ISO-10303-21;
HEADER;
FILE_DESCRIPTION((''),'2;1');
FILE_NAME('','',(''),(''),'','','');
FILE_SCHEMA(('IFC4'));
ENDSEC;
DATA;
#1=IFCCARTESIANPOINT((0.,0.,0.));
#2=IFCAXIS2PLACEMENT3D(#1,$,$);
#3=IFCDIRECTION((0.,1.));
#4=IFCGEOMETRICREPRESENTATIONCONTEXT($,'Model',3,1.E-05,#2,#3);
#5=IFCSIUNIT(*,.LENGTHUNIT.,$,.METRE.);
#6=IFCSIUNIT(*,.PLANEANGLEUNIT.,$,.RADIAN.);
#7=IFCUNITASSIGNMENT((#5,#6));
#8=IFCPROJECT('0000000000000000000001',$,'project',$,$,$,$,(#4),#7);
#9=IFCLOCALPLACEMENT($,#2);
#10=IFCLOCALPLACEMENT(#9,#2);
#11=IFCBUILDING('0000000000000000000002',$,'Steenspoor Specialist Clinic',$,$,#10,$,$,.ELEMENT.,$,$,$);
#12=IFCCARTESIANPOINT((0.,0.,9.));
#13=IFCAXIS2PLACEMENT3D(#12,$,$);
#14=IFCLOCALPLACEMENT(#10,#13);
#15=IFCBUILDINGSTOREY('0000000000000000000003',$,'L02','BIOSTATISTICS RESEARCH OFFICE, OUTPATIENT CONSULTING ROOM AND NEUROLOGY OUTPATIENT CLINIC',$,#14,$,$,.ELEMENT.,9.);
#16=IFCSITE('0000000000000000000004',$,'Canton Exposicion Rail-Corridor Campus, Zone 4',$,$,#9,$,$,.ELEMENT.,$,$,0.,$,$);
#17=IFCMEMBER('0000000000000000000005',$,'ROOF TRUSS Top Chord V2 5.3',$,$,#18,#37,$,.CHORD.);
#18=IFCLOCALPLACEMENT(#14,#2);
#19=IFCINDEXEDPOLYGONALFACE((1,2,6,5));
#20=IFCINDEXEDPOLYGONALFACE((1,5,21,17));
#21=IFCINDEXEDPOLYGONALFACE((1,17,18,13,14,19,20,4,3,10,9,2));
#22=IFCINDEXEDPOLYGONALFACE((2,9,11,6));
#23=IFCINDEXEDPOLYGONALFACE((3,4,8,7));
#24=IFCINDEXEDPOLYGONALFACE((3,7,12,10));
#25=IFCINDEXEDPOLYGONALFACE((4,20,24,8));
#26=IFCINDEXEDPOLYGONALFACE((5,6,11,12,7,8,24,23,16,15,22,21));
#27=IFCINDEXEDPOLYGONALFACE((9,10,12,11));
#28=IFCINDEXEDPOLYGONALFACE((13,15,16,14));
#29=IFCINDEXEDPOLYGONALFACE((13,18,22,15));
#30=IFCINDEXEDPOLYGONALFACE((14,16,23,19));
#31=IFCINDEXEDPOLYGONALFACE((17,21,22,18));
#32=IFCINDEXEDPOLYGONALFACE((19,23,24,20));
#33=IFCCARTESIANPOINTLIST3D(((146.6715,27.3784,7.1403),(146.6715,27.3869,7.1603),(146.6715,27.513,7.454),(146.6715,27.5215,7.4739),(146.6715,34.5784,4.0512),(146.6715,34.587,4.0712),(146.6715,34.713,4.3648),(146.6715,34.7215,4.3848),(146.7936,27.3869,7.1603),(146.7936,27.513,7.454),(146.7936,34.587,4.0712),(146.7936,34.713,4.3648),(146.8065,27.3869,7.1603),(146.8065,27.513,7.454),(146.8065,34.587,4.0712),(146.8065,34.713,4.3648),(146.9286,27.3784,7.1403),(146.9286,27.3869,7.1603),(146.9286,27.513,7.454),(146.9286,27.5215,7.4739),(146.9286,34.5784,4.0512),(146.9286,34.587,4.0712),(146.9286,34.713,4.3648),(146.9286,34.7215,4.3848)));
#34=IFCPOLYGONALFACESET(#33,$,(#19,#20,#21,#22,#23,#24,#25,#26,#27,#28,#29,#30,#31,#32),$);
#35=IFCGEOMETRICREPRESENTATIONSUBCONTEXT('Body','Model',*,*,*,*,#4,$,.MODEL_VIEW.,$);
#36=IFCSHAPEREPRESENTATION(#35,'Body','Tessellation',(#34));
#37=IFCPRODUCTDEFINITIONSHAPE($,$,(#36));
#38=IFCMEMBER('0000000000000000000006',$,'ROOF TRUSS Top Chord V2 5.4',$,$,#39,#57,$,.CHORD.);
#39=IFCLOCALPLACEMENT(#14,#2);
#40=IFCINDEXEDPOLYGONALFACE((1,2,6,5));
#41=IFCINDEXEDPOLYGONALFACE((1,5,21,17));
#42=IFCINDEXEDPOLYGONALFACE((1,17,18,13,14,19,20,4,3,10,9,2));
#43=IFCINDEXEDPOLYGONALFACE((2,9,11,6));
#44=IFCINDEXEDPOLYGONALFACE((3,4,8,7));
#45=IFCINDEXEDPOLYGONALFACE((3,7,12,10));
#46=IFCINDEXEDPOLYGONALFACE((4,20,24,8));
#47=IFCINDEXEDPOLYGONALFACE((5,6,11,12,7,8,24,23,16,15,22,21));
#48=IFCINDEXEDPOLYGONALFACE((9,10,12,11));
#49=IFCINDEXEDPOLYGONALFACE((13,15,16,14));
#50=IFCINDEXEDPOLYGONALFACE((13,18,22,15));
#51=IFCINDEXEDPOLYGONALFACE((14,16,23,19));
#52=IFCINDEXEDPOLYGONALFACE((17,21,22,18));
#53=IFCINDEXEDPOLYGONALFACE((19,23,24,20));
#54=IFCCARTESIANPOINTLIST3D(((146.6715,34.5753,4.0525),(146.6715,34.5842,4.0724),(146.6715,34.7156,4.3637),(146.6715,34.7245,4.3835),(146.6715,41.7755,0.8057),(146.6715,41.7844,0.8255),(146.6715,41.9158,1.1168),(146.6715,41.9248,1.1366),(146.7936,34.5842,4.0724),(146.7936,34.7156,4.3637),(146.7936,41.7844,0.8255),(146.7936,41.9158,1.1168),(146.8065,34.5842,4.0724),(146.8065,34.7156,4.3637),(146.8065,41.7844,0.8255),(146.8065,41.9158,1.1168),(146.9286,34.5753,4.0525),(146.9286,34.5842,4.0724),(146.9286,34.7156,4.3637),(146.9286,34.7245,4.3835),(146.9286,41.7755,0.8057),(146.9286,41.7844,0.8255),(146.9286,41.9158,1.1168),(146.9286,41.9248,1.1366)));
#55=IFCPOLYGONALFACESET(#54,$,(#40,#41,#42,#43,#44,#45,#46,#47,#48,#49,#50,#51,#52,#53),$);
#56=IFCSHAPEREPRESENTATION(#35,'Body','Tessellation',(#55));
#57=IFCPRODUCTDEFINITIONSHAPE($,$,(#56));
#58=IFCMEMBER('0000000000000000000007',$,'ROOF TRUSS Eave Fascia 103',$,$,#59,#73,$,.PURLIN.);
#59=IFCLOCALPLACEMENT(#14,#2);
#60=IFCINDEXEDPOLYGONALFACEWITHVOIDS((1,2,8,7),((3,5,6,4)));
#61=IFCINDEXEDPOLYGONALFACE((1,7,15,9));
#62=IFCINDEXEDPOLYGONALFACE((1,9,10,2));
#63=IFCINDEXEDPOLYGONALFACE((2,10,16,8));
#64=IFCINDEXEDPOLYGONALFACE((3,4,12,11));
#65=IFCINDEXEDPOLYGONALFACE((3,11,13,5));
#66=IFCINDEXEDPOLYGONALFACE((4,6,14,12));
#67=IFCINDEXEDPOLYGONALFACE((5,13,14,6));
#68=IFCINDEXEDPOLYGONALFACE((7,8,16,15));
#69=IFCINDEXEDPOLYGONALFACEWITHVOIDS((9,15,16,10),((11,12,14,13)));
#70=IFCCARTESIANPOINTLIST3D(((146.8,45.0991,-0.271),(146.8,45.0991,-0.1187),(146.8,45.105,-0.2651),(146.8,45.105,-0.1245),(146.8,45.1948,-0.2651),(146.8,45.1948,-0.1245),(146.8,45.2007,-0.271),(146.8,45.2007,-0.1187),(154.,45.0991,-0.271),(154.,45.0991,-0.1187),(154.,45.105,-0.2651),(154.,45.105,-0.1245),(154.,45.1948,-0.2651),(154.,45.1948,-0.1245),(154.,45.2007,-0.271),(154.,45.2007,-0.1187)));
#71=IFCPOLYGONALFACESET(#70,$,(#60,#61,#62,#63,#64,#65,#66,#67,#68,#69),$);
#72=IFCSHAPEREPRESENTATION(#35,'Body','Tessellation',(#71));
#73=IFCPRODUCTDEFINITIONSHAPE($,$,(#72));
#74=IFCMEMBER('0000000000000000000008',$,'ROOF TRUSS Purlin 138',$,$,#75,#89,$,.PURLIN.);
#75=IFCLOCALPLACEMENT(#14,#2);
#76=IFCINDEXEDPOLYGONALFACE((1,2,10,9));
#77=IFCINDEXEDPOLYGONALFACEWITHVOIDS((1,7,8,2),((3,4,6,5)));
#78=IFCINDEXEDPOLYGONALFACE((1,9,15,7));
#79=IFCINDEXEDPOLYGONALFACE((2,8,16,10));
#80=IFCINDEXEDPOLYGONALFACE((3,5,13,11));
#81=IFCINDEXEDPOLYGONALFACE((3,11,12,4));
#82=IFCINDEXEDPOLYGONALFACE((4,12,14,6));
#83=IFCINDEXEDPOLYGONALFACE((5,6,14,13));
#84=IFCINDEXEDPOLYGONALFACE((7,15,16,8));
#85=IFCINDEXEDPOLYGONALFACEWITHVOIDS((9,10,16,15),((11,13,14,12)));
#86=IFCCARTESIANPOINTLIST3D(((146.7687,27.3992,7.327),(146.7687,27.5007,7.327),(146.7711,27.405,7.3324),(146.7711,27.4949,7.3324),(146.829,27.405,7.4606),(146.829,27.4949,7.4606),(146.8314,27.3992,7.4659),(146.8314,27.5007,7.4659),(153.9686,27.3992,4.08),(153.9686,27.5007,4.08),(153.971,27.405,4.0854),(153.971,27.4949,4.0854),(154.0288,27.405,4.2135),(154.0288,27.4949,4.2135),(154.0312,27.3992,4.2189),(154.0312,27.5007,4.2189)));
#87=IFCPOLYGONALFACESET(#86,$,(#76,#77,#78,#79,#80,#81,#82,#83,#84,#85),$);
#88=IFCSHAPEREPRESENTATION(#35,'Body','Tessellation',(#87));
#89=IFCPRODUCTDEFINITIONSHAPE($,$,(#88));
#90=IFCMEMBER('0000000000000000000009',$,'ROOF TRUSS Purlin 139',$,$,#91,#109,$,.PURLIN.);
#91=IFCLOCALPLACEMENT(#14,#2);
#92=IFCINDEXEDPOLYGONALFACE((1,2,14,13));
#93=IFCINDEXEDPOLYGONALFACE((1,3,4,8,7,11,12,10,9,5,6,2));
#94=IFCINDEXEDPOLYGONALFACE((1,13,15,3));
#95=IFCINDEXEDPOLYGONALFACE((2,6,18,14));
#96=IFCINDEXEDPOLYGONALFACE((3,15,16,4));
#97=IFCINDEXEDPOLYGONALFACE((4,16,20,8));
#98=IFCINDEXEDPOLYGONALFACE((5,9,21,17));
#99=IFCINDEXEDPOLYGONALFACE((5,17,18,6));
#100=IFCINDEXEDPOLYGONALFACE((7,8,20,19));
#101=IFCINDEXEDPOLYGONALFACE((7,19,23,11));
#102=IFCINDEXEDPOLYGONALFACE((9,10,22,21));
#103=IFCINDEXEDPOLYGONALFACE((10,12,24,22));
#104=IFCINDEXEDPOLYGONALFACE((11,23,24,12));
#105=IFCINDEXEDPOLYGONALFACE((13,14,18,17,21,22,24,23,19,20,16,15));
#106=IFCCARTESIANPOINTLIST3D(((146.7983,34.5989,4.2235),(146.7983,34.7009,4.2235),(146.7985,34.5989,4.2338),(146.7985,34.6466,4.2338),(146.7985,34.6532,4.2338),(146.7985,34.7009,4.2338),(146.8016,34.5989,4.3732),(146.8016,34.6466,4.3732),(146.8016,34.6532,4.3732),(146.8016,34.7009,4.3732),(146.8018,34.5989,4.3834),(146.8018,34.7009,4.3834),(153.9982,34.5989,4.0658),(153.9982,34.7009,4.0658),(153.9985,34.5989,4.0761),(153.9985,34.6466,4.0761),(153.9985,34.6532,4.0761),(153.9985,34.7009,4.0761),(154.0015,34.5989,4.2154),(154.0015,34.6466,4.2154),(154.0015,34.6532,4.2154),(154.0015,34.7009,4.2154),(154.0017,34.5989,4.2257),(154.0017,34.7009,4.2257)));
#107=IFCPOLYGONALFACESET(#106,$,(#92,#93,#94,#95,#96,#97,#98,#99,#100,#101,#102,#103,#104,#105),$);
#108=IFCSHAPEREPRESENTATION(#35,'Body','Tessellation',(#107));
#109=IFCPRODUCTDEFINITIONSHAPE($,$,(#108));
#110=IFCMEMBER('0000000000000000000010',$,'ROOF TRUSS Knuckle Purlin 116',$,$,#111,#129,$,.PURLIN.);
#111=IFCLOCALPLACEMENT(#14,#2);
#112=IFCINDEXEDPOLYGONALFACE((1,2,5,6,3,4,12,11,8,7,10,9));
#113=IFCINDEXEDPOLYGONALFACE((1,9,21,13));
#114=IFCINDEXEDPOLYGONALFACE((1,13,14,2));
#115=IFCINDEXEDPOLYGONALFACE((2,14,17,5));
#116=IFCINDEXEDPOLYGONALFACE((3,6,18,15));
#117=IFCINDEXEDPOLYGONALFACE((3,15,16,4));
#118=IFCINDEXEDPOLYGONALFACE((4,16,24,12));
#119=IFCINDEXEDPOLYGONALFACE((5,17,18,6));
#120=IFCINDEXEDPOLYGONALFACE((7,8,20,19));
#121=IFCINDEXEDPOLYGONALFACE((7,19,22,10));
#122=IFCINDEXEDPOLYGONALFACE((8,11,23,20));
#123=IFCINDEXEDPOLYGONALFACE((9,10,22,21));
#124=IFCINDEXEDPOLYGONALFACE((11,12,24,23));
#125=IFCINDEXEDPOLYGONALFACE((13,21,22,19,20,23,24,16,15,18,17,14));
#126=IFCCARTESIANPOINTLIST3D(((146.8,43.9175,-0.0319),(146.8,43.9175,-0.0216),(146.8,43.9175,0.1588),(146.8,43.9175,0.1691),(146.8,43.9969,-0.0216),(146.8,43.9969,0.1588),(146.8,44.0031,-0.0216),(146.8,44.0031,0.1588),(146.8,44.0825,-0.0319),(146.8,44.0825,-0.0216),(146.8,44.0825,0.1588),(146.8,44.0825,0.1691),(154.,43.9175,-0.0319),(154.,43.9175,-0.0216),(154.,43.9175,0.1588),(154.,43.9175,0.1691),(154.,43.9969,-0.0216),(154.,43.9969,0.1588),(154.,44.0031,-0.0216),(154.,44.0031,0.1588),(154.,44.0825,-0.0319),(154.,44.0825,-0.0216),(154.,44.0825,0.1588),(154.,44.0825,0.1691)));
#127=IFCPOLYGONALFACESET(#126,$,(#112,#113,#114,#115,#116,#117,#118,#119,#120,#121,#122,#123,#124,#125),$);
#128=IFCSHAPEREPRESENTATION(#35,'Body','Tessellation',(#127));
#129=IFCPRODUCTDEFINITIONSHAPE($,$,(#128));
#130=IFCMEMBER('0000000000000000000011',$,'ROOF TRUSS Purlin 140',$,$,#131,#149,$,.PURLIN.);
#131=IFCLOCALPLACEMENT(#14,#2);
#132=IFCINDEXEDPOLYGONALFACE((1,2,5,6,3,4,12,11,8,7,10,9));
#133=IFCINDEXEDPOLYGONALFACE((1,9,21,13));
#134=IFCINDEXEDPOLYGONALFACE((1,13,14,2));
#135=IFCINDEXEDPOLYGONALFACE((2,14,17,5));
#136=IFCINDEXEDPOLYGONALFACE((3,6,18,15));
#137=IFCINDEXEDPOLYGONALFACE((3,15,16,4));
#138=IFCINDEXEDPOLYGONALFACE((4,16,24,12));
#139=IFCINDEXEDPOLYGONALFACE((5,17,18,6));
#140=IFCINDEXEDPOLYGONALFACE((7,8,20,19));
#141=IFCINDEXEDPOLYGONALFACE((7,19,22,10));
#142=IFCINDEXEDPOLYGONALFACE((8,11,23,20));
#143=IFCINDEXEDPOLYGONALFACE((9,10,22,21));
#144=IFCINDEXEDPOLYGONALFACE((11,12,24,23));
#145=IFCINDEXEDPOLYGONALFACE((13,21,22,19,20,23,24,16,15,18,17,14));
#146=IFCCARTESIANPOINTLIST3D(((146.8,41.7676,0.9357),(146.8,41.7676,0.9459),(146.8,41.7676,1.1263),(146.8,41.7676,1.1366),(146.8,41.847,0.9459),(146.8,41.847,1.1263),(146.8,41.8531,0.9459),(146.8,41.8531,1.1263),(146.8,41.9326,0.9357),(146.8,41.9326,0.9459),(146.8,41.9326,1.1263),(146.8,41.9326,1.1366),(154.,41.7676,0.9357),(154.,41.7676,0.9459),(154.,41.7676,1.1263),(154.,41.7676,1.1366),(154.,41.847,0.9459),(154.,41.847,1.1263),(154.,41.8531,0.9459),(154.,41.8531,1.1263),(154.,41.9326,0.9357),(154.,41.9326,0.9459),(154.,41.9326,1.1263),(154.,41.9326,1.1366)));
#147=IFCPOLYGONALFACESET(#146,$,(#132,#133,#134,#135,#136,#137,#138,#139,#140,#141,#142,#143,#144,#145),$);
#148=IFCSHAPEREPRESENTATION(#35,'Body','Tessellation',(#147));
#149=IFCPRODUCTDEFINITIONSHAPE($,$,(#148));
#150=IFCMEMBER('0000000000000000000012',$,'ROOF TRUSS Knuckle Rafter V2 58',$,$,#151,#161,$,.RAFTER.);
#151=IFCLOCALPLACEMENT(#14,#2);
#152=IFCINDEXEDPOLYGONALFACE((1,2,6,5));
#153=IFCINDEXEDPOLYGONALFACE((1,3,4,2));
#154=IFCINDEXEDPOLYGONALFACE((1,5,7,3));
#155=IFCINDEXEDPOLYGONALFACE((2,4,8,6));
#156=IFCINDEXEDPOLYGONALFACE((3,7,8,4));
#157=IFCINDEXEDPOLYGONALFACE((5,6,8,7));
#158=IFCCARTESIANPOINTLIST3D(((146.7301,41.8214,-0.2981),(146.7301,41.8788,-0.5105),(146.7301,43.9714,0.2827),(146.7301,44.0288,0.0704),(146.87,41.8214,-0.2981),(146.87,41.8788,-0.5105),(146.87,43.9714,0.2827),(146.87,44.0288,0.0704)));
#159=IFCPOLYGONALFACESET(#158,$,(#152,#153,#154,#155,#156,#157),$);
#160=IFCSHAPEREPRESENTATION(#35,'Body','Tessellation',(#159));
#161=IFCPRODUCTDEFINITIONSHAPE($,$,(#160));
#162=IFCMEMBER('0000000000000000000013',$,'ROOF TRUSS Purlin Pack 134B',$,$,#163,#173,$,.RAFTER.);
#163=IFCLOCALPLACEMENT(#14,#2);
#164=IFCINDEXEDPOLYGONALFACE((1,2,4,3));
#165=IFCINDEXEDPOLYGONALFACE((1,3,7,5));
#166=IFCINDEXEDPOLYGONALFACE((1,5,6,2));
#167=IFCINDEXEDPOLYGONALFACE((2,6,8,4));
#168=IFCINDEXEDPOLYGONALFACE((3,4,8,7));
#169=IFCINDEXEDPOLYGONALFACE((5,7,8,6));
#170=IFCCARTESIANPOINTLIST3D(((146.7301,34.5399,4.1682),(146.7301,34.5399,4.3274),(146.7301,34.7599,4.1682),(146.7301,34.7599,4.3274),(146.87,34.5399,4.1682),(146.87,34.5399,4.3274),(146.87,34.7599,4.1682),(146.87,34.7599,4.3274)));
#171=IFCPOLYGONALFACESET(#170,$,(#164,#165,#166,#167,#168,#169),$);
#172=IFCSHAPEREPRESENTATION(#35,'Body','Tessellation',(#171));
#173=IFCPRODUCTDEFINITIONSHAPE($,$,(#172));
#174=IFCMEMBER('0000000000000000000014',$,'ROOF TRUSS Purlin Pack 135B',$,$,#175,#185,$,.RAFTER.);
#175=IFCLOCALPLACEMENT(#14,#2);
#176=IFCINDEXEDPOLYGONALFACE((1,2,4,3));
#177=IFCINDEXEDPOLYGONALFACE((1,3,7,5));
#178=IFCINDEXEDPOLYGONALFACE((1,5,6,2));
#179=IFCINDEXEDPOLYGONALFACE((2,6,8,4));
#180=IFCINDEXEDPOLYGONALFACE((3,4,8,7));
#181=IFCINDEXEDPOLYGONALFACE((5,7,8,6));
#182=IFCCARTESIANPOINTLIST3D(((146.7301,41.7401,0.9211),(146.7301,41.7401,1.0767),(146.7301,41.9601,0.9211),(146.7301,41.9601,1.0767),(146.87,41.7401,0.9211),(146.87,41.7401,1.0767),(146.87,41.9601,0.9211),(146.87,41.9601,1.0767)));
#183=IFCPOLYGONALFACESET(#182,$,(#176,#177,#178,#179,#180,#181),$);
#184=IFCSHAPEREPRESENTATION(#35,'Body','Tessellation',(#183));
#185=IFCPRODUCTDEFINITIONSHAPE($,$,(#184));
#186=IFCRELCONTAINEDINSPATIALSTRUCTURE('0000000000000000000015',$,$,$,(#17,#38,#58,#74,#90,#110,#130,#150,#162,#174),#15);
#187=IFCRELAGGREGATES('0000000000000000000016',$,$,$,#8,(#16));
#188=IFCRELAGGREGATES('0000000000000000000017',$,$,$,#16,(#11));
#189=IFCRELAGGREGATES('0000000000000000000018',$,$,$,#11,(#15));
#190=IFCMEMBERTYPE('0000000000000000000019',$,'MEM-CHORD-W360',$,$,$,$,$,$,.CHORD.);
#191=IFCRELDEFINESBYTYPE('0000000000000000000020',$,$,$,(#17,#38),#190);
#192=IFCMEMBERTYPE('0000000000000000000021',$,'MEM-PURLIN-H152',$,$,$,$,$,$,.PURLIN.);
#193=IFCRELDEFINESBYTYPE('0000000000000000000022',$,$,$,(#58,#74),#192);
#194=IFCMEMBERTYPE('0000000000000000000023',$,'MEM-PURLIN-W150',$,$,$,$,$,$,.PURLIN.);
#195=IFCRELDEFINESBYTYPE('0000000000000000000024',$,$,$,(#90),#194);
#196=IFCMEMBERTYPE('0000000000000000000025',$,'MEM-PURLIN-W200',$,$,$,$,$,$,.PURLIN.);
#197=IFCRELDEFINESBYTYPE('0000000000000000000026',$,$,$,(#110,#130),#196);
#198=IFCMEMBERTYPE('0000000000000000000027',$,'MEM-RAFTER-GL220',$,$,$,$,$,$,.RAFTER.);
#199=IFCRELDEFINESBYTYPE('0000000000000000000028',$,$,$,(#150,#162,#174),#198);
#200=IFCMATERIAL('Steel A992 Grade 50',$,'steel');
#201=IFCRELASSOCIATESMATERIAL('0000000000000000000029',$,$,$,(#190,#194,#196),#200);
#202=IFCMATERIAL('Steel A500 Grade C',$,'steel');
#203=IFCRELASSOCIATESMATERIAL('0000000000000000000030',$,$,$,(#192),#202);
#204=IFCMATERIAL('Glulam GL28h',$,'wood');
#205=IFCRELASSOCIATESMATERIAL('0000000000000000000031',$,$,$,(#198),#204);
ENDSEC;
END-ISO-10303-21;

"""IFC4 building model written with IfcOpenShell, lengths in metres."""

from ifc_helpers import new_model, si_unit, direction, frame, origin, origin_2d, place, context, subcontext, project, spatial, rectangle, hollow_rectangle, i_section, extrude, material, material_profile, profile_set, type_object, element, save


model = new_model("IFC4")

# Units and contexts
model_context = context("Model", 3, precision=1e-05, world=origin(), true_north=direction((0.0, 1.0)))
body_context = subcontext(model_context, "Body", "Model", "MODEL_VIEW")
ifc_project = project(units=[si_unit("LENGTHUNIT", "METRE"), si_unit("PLANEANGLEUNIT", "RADIAN")], contexts=[model_context])

# Site, building, storey
site_placement = place(None, origin())
site = spatial("IfcSite", under=ifc_project, at=site_placement, Name="Canton Exposicion Rail-Corridor Campus, Zone 4", CompositionType="ELEMENT", RefElevation=0.0)
building_placement = place(site_placement, origin())
building = spatial("IfcBuilding", under=site, at=building_placement, Name="Steenspoor Specialist Clinic", CompositionType="ELEMENT")
storey_placement = place(building_placement, frame((0.0, 0.0, 9.0)))
storey = spatial("IfcBuildingStorey", under=building, at=storey_placement, Name="L02", Description="BIOSTATISTICS RESEARCH OFFICE, OUTPATIENT CONSULTING ROOM AND NEUROLOGY OUTPATIENT CLINIC", CompositionType="ELEMENT", Elevation=9.0)

# Members
ifc_material_1 = material(Name="Steel A500 Grade C", Category="steel")
ifc_material_2 = material(Name="Steel A992 Grade 50", Category="steel")
ifc_material_profile_1 = material_profile(ifc_material_2, i_section(OverallWidth=0.2571, OverallDepth=0.363, WebThickness=0.0129, FlangeThickness=0.0217, at=origin_2d()), Name="W360X122")
ifc_profile_set_1 = profile_set([ifc_material_profile_1], Name="Steel A992 Grade 50")
member_type_1 = type_object("IfcMemberType", Name="MEM-CHORD-W360", PredefinedType="CHORD", material=ifc_profile_set_1)
member_1_placement = place(storey_placement, frame((146.8, 27.45, 7.3071), z_axis=(0.0, 0.918987, -0.394288), x_axis=(-1.0, 0.0, 0.0)))
element("IfcMember", 1, at=member_1_placement, inside=storey, type_object=member_type_1, Name="ROOF TRUSS Top Chord V2 5.3", PredefinedType="CHORD", context=body_context, shape_type="SweptSolid", body=[
    extrude(i_section(OverallWidth=0.2571, OverallDepth=0.363, WebThickness=0.0129, FlangeThickness=0.0217, at=origin_2d()), origin(), (0.0, 0.0, 1.0), 7.8347),
])
member_2_placement = place(storey_placement, frame((146.8, 34.6499, 4.218), z_axis=(0.0, 0.911602, -0.411074), x_axis=(-1.0, 0.0, 0.0)))
element("IfcMember", 2, at=member_2_placement, inside=storey, type_object=member_type_1, Name="ROOF TRUSS Top Chord V2 5.4", PredefinedType="CHORD", context=body_context, shape_type="SweptSolid", body=[
    extrude(i_section(OverallWidth=0.2571, OverallDepth=0.363, WebThickness=0.0129, FlangeThickness=0.0217, at=origin_2d()), origin(), (0.0, 0.0, 1.0), 7.8984),
])
ifc_material_profile_2 = material_profile(ifc_material_1, hollow_rectangle(XDim=0.1016, YDim=0.1523, WallThickness=0.0059, at=origin_2d()), Name="HSS152X102X6.4")
ifc_profile_set_2 = profile_set([ifc_material_profile_2], Name="Steel A500 Grade C")
member_type_2 = type_object("IfcMemberType", Name="MEM-PURLIN-H152", PredefinedType="PURLIN", material=ifc_profile_set_2)
member_3_placement = place(storey_placement, frame((146.8, 45.1499, -0.1948), z_axis=(1.0, 0.0, 0.0), x_axis=(0.0, 1.0, 0.0)))
element("IfcMember", 3, at=member_3_placement, inside=storey, type_object=member_type_2, Name="ROOF TRUSS Eave Fascia 103", PredefinedType="PURLIN", context=body_context, shape_type="SweptSolid", body=[
    extrude(hollow_rectangle(XDim=0.1016, YDim=0.1523, WallThickness=0.0059, at=origin_2d()), origin(), (0.0, 0.0, 1.0), 7.2),
])
member_4_placement = place(storey_placement, frame((146.8, 27.45, 7.3965), z_axis=(0.911585, 0.0, -0.411111), x_axis=(0.0, 1.0, 0.0)))
element("IfcMember", 4, at=member_4_placement, inside=storey, type_object=member_type_2, Name="ROOF TRUSS Purlin 138", PredefinedType="PURLIN", context=body_context, shape_type="SweptSolid", body=[
    extrude(hollow_rectangle(XDim=0.1016, YDim=0.1523, WallThickness=0.0059, at=origin_2d()), origin(), (0.0, 0.0, 1.0), 7.8982),
])
ifc_material_profile_3 = material_profile(ifc_material_2, i_section(OverallWidth=0.1021, OverallDepth=0.1599, WebThickness=0.0066, FlangeThickness=0.0103, at=origin_2d()), Name="W150X24")
ifc_profile_set_3 = profile_set([ifc_material_profile_3], Name="Steel A992 Grade 50")
member_type_3 = type_object("IfcMemberType", Name="MEM-PURLIN-W150", PredefinedType="PURLIN", material=ifc_profile_set_3)
member_5_placement = place(storey_placement, frame((146.8, 34.6499, 4.3035), z_axis=(0.99976, 0.0, -0.0219), x_axis=(0.0, 1.0, 0.0)))
element("IfcMember", 5, at=member_5_placement, inside=storey, type_object=member_type_3, Name="ROOF TRUSS Purlin 139", PredefinedType="PURLIN", context=body_context, shape_type="SweptSolid", body=[
    extrude(i_section(OverallWidth=0.1021, OverallDepth=0.1599, WebThickness=0.0066, FlangeThickness=0.0103, at=origin_2d()), origin(), (0.0, 0.0, 1.0), 7.2017),
])
ifc_material_profile_4 = material_profile(ifc_material_2, i_section(OverallWidth=0.165, OverallDepth=0.2009, WebThickness=0.0061, FlangeThickness=0.0103, at=origin_2d()), Name="W200X36")
ifc_profile_set_4 = profile_set([ifc_material_profile_4], Name="Steel A992 Grade 50")
member_type_4 = type_object("IfcMemberType", Name="MEM-PURLIN-W200", PredefinedType="PURLIN", material=ifc_profile_set_4)
for number, where, z_axis, x_axis, name in (
    (6, (146.8, 44.0, 0.0686), (1.0, 0.0, 0.0), (0.0, 1.0, 0.0), "ROOF TRUSS Knuckle Purlin 116"),
    (7, (146.8, 41.8501, 1.0361), (1.0, 0.0, 0.0), (0.0, 1.0, 0.0), "ROOF TRUSS Purlin 140"),
):
    element("IfcMember", number, at=place(storey_placement, frame(where, z_axis=z_axis, x_axis=x_axis)), inside=storey, type_object=member_type_4, Name=name, PredefinedType="PURLIN", context=body_context, shape_type="SweptSolid", body=[
        extrude(i_section(OverallWidth=0.165, OverallDepth=0.2009, WebThickness=0.0061, FlangeThickness=0.0103, at=origin_2d()), origin(), (0.0, 0.0, 1.0), 7.2),
    ])
ifc_material_3 = material(Name="Glulam GL28h", Category="wood")
ifc_material_profile_5 = material_profile(ifc_material_3, rectangle(XDim=0.1399, YDim=0.22, at=origin_2d()), Name="GL28H-140X220")
ifc_profile_set_5 = profile_set([ifc_material_profile_5], Name="Glulam GL28h")
member_type_5 = type_object("IfcMemberType", Name="MEM-RAFTER-GL220", PredefinedType="RAFTER", material=ifc_profile_set_5)
member_6_placement = place(storey_placement, frame((146.8, 41.8501, -0.4043), z_axis=(0.0, 0.965391, 0.260807), x_axis=(-1.0, 0.0, 0.0)))
element("IfcMember", 8, at=member_6_placement, inside=storey, type_object=member_type_5, Name="ROOF TRUSS Knuckle Rafter V2 58", PredefinedType="RAFTER", context=body_context, shape_type="SweptSolid", body=[
    extrude(rectangle(XDim=0.1399, YDim=0.22, at=origin_2d()), origin(), (0.0, 0.0, 1.0), 2.2271),
])
member_7_placement = place(storey_placement, frame((146.8, 34.6499, 4.1682), z_axis=(0.0, 0.0, 1.0), x_axis=(1.0, 0.0, 0.0)))
element("IfcMember", 9, at=member_7_placement, inside=storey, type_object=member_type_5, Name="ROOF TRUSS Purlin Pack 134B", PredefinedType="RAFTER", context=body_context, shape_type="SweptSolid", body=[
    extrude(rectangle(XDim=0.1399, YDim=0.22, at=origin_2d()), origin(), (0.0, 0.0, 1.0), 0.1592),
])
member_8_placement = place(storey_placement, frame((146.8, 41.8501, 0.9211), z_axis=(0.0, 0.0, 1.0), x_axis=(1.0, 0.0, 0.0)))
element("IfcMember", 10, at=member_8_placement, inside=storey, type_object=member_type_5, Name="ROOF TRUSS Purlin Pack 135B", PredefinedType="RAFTER", context=body_context, shape_type="SweptSolid", body=[
    extrude(rectangle(XDim=0.1399, YDim=0.22, at=origin_2d()), origin(), (0.0, 0.0, 1.0), 0.1555),
])

save(model, "model.ifc")
